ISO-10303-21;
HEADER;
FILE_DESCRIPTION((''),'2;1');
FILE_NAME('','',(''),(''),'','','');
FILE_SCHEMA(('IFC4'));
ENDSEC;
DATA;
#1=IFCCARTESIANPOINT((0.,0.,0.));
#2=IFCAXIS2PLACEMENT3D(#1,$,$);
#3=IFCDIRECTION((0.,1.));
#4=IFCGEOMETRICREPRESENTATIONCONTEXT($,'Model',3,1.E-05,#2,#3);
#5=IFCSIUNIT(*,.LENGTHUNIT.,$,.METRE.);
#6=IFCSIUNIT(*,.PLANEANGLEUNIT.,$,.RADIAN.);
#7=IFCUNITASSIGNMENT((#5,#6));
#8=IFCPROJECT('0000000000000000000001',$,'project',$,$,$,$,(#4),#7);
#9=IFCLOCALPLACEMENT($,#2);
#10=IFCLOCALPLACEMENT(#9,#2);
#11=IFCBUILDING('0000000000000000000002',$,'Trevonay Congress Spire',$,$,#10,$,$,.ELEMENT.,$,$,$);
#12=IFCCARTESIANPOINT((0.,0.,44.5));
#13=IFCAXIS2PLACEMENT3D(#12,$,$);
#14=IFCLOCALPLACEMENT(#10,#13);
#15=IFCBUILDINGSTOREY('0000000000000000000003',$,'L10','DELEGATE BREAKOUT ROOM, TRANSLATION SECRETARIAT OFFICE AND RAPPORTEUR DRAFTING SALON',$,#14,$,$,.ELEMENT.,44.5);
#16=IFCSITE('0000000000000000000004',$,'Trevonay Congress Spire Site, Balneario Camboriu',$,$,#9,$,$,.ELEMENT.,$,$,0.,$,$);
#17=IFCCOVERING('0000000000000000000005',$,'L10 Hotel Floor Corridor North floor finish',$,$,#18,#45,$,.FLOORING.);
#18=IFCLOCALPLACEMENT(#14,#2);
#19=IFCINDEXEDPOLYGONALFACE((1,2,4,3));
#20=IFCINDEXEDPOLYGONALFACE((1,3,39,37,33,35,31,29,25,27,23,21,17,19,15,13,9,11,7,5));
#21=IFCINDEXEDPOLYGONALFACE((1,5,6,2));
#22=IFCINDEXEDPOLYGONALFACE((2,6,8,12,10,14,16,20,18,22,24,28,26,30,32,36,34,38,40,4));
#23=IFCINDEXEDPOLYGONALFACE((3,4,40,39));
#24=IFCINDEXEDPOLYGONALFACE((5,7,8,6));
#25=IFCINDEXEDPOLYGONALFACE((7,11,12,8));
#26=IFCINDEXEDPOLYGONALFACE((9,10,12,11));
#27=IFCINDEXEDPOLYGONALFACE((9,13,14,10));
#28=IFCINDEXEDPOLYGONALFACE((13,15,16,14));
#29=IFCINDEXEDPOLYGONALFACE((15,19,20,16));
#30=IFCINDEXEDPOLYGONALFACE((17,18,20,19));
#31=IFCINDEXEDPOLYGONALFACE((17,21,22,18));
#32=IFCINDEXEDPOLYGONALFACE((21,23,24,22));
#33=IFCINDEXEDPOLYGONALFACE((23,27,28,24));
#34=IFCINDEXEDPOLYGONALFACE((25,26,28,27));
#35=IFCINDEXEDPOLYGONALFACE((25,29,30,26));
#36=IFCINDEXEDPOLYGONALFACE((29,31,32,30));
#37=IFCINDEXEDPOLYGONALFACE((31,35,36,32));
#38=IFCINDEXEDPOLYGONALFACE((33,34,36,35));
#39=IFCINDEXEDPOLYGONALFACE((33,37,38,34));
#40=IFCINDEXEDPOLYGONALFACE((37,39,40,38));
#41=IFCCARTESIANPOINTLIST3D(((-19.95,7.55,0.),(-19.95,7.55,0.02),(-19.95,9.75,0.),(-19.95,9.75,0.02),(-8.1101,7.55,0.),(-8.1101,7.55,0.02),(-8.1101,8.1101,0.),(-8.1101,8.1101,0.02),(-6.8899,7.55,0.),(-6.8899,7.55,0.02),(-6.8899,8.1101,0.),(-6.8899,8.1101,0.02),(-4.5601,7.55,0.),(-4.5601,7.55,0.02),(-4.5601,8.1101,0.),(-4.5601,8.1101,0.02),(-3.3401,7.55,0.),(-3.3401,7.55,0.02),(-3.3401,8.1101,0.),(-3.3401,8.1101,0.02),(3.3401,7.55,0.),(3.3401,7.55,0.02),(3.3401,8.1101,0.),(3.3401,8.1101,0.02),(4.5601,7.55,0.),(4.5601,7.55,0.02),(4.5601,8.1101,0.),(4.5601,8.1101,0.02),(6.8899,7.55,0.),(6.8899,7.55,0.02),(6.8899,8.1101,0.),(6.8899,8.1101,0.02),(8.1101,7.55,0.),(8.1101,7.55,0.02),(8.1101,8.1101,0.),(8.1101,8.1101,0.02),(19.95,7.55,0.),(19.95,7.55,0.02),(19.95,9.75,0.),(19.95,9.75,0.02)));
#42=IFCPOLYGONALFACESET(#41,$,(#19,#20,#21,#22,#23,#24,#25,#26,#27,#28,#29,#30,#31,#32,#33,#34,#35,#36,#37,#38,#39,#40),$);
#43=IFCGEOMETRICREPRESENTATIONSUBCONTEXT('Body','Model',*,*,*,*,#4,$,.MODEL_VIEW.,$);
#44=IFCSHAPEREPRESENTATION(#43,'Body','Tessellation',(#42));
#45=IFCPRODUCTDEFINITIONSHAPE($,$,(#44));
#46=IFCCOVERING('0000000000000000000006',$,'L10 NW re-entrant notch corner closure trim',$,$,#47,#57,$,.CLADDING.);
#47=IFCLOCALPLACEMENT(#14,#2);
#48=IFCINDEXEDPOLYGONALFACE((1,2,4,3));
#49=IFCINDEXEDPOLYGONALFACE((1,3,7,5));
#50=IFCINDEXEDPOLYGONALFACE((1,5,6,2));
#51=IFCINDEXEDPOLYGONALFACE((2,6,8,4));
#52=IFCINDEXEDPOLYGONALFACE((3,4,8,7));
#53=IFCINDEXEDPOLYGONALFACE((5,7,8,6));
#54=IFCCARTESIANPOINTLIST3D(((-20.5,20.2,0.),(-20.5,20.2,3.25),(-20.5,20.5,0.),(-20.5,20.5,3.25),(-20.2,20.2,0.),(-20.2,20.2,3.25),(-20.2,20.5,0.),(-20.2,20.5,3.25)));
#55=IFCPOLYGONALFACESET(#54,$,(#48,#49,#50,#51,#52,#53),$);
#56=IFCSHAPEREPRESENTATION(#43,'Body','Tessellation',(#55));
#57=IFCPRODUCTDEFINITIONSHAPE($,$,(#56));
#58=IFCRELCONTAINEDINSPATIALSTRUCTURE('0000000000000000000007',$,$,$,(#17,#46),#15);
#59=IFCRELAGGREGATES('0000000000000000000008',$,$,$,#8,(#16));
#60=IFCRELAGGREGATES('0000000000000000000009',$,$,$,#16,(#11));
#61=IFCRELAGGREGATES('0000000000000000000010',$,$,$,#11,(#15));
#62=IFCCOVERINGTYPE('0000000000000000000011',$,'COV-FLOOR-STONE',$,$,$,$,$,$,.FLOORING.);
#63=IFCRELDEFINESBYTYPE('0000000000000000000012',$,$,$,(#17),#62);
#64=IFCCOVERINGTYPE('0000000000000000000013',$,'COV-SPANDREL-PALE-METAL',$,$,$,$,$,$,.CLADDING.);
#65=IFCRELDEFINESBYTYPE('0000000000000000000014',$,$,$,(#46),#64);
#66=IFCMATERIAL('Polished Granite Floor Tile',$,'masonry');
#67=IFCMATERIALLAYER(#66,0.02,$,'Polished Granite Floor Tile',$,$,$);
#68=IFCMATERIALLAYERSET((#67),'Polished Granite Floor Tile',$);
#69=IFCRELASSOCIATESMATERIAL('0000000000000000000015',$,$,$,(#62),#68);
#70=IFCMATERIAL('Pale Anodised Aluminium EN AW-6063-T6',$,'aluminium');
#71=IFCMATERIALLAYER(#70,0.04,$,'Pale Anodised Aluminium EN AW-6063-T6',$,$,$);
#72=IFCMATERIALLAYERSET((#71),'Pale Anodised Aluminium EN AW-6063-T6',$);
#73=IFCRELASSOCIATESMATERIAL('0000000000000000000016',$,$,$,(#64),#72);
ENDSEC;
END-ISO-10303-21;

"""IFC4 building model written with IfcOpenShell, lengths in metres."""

from ifc_helpers import new_model, si_unit, direction, frame, origin, place, context, subcontext, project, spatial, polyline, outline, extrude, material, layer, layer_set, type_object, element, save


model = new_model("IFC4")

# Units and contexts
model_context = context("Model", 3, precision=1e-05, world=origin(), true_north=direction((0.0, 1.0)))
body_context = subcontext(model_context, "Body", "Model", "MODEL_VIEW")
ifc_project = project(units=[si_unit("LENGTHUNIT", "METRE"), si_unit("PLANEANGLEUNIT", "RADIAN")], contexts=[model_context])

# Site, building, storey
site_placement = place(None, origin())
site = spatial("IfcSite", under=ifc_project, at=site_placement, Name="Trevonay Congress Spire Site, Balneario Camboriu", CompositionType="ELEMENT", RefElevation=0.0)
building_placement = place(site_placement, origin())
building = spatial("IfcBuilding", under=site, at=building_placement, Name="Trevonay Congress Spire", CompositionType="ELEMENT")
storey_placement = place(building_placement, frame((0.0, 0.0, 44.5)))
storey = spatial("IfcBuildingStorey", under=building, at=storey_placement, Name="L10", Description="DELEGATE BREAKOUT ROOM, TRANSLATION SECRETARIAT OFFICE AND RAPPORTEUR DRAFTING SALON", CompositionType="ELEMENT", Elevation=44.5)

# Shared definitions
ifc_material_1 = material(Name="Pale Anodised Aluminium EN AW-6063-T6", Category="aluminium")

# Coverings
ifc_material_2 = material(Name="Polished Granite Floor Tile", Category="masonry")
ifc_layer_1 = layer(ifc_material_2, 0.02, Name="Polished Granite Floor Tile")
ifc_layer_set_1 = layer_set([ifc_layer_1], Name="Polished Granite Floor Tile")
covering_type_1 = type_object("IfcCoveringType", Name="COV-FLOOR-STONE", PredefinedType="FLOORING", material=ifc_layer_set_1)
covering_1_placement = place(storey_placement, origin())
element("IfcCovering", 1, at=covering_1_placement, inside=storey, type_object=covering_type_1, Name="L10 Hotel Floor Corridor North floor finish", PredefinedType="FLOORING", context=body_context, shape_type="SweptSolid", body=[
    extrude(outline(polyline([(-19.95, 7.55), (-19.95, 9.75), (19.95, 9.75), (19.95, 7.55), (8.1101, 7.55), (8.1101, 8.1101), (6.8899, 8.1101), (6.8899, 7.55), (4.5601, 7.55), (4.5601, 8.1101), (3.3401, 8.1101), (3.3401, 7.55), (-3.3401, 7.55), (-3.3401, 8.1101), (-4.5601, 8.1101), (-4.5601, 7.55), (-6.8899, 7.55), (-6.8899, 8.1101), (-8.1101, 8.1101), (-8.1101, 7.55), (-19.95, 7.55)])), origin(), (0.0, 0.0, 1.0), 0.02),
])
ifc_layer_2 = layer(ifc_material_1, 0.04, Name="Pale Anodised Aluminium EN AW-6063-T6")
ifc_layer_set_2 = layer_set([ifc_layer_2], Name="Pale Anodised Aluminium EN AW-6063-T6")
covering_type_2 = type_object("IfcCoveringType", Name="COV-SPANDREL-PALE-METAL", PredefinedType="CLADDING", material=ifc_layer_set_2)
covering_2_placement = place(storey_placement, origin())
element("IfcCovering", 2, at=covering_2_placement, inside=storey, type_object=covering_type_2, Name="L10 NW re-entrant notch corner closure trim", PredefinedType="CLADDING", context=body_context, shape_type="SweptSolid", body=[
    extrude(outline(polyline([(-20.5, 20.2), (-20.2, 20.2), (-20.2, 20.5), (-20.5, 20.5), (-20.5, 20.2)])), origin(), (0.0, 0.0, 1.0), 3.25),
])

save(model, "model.ifc")
